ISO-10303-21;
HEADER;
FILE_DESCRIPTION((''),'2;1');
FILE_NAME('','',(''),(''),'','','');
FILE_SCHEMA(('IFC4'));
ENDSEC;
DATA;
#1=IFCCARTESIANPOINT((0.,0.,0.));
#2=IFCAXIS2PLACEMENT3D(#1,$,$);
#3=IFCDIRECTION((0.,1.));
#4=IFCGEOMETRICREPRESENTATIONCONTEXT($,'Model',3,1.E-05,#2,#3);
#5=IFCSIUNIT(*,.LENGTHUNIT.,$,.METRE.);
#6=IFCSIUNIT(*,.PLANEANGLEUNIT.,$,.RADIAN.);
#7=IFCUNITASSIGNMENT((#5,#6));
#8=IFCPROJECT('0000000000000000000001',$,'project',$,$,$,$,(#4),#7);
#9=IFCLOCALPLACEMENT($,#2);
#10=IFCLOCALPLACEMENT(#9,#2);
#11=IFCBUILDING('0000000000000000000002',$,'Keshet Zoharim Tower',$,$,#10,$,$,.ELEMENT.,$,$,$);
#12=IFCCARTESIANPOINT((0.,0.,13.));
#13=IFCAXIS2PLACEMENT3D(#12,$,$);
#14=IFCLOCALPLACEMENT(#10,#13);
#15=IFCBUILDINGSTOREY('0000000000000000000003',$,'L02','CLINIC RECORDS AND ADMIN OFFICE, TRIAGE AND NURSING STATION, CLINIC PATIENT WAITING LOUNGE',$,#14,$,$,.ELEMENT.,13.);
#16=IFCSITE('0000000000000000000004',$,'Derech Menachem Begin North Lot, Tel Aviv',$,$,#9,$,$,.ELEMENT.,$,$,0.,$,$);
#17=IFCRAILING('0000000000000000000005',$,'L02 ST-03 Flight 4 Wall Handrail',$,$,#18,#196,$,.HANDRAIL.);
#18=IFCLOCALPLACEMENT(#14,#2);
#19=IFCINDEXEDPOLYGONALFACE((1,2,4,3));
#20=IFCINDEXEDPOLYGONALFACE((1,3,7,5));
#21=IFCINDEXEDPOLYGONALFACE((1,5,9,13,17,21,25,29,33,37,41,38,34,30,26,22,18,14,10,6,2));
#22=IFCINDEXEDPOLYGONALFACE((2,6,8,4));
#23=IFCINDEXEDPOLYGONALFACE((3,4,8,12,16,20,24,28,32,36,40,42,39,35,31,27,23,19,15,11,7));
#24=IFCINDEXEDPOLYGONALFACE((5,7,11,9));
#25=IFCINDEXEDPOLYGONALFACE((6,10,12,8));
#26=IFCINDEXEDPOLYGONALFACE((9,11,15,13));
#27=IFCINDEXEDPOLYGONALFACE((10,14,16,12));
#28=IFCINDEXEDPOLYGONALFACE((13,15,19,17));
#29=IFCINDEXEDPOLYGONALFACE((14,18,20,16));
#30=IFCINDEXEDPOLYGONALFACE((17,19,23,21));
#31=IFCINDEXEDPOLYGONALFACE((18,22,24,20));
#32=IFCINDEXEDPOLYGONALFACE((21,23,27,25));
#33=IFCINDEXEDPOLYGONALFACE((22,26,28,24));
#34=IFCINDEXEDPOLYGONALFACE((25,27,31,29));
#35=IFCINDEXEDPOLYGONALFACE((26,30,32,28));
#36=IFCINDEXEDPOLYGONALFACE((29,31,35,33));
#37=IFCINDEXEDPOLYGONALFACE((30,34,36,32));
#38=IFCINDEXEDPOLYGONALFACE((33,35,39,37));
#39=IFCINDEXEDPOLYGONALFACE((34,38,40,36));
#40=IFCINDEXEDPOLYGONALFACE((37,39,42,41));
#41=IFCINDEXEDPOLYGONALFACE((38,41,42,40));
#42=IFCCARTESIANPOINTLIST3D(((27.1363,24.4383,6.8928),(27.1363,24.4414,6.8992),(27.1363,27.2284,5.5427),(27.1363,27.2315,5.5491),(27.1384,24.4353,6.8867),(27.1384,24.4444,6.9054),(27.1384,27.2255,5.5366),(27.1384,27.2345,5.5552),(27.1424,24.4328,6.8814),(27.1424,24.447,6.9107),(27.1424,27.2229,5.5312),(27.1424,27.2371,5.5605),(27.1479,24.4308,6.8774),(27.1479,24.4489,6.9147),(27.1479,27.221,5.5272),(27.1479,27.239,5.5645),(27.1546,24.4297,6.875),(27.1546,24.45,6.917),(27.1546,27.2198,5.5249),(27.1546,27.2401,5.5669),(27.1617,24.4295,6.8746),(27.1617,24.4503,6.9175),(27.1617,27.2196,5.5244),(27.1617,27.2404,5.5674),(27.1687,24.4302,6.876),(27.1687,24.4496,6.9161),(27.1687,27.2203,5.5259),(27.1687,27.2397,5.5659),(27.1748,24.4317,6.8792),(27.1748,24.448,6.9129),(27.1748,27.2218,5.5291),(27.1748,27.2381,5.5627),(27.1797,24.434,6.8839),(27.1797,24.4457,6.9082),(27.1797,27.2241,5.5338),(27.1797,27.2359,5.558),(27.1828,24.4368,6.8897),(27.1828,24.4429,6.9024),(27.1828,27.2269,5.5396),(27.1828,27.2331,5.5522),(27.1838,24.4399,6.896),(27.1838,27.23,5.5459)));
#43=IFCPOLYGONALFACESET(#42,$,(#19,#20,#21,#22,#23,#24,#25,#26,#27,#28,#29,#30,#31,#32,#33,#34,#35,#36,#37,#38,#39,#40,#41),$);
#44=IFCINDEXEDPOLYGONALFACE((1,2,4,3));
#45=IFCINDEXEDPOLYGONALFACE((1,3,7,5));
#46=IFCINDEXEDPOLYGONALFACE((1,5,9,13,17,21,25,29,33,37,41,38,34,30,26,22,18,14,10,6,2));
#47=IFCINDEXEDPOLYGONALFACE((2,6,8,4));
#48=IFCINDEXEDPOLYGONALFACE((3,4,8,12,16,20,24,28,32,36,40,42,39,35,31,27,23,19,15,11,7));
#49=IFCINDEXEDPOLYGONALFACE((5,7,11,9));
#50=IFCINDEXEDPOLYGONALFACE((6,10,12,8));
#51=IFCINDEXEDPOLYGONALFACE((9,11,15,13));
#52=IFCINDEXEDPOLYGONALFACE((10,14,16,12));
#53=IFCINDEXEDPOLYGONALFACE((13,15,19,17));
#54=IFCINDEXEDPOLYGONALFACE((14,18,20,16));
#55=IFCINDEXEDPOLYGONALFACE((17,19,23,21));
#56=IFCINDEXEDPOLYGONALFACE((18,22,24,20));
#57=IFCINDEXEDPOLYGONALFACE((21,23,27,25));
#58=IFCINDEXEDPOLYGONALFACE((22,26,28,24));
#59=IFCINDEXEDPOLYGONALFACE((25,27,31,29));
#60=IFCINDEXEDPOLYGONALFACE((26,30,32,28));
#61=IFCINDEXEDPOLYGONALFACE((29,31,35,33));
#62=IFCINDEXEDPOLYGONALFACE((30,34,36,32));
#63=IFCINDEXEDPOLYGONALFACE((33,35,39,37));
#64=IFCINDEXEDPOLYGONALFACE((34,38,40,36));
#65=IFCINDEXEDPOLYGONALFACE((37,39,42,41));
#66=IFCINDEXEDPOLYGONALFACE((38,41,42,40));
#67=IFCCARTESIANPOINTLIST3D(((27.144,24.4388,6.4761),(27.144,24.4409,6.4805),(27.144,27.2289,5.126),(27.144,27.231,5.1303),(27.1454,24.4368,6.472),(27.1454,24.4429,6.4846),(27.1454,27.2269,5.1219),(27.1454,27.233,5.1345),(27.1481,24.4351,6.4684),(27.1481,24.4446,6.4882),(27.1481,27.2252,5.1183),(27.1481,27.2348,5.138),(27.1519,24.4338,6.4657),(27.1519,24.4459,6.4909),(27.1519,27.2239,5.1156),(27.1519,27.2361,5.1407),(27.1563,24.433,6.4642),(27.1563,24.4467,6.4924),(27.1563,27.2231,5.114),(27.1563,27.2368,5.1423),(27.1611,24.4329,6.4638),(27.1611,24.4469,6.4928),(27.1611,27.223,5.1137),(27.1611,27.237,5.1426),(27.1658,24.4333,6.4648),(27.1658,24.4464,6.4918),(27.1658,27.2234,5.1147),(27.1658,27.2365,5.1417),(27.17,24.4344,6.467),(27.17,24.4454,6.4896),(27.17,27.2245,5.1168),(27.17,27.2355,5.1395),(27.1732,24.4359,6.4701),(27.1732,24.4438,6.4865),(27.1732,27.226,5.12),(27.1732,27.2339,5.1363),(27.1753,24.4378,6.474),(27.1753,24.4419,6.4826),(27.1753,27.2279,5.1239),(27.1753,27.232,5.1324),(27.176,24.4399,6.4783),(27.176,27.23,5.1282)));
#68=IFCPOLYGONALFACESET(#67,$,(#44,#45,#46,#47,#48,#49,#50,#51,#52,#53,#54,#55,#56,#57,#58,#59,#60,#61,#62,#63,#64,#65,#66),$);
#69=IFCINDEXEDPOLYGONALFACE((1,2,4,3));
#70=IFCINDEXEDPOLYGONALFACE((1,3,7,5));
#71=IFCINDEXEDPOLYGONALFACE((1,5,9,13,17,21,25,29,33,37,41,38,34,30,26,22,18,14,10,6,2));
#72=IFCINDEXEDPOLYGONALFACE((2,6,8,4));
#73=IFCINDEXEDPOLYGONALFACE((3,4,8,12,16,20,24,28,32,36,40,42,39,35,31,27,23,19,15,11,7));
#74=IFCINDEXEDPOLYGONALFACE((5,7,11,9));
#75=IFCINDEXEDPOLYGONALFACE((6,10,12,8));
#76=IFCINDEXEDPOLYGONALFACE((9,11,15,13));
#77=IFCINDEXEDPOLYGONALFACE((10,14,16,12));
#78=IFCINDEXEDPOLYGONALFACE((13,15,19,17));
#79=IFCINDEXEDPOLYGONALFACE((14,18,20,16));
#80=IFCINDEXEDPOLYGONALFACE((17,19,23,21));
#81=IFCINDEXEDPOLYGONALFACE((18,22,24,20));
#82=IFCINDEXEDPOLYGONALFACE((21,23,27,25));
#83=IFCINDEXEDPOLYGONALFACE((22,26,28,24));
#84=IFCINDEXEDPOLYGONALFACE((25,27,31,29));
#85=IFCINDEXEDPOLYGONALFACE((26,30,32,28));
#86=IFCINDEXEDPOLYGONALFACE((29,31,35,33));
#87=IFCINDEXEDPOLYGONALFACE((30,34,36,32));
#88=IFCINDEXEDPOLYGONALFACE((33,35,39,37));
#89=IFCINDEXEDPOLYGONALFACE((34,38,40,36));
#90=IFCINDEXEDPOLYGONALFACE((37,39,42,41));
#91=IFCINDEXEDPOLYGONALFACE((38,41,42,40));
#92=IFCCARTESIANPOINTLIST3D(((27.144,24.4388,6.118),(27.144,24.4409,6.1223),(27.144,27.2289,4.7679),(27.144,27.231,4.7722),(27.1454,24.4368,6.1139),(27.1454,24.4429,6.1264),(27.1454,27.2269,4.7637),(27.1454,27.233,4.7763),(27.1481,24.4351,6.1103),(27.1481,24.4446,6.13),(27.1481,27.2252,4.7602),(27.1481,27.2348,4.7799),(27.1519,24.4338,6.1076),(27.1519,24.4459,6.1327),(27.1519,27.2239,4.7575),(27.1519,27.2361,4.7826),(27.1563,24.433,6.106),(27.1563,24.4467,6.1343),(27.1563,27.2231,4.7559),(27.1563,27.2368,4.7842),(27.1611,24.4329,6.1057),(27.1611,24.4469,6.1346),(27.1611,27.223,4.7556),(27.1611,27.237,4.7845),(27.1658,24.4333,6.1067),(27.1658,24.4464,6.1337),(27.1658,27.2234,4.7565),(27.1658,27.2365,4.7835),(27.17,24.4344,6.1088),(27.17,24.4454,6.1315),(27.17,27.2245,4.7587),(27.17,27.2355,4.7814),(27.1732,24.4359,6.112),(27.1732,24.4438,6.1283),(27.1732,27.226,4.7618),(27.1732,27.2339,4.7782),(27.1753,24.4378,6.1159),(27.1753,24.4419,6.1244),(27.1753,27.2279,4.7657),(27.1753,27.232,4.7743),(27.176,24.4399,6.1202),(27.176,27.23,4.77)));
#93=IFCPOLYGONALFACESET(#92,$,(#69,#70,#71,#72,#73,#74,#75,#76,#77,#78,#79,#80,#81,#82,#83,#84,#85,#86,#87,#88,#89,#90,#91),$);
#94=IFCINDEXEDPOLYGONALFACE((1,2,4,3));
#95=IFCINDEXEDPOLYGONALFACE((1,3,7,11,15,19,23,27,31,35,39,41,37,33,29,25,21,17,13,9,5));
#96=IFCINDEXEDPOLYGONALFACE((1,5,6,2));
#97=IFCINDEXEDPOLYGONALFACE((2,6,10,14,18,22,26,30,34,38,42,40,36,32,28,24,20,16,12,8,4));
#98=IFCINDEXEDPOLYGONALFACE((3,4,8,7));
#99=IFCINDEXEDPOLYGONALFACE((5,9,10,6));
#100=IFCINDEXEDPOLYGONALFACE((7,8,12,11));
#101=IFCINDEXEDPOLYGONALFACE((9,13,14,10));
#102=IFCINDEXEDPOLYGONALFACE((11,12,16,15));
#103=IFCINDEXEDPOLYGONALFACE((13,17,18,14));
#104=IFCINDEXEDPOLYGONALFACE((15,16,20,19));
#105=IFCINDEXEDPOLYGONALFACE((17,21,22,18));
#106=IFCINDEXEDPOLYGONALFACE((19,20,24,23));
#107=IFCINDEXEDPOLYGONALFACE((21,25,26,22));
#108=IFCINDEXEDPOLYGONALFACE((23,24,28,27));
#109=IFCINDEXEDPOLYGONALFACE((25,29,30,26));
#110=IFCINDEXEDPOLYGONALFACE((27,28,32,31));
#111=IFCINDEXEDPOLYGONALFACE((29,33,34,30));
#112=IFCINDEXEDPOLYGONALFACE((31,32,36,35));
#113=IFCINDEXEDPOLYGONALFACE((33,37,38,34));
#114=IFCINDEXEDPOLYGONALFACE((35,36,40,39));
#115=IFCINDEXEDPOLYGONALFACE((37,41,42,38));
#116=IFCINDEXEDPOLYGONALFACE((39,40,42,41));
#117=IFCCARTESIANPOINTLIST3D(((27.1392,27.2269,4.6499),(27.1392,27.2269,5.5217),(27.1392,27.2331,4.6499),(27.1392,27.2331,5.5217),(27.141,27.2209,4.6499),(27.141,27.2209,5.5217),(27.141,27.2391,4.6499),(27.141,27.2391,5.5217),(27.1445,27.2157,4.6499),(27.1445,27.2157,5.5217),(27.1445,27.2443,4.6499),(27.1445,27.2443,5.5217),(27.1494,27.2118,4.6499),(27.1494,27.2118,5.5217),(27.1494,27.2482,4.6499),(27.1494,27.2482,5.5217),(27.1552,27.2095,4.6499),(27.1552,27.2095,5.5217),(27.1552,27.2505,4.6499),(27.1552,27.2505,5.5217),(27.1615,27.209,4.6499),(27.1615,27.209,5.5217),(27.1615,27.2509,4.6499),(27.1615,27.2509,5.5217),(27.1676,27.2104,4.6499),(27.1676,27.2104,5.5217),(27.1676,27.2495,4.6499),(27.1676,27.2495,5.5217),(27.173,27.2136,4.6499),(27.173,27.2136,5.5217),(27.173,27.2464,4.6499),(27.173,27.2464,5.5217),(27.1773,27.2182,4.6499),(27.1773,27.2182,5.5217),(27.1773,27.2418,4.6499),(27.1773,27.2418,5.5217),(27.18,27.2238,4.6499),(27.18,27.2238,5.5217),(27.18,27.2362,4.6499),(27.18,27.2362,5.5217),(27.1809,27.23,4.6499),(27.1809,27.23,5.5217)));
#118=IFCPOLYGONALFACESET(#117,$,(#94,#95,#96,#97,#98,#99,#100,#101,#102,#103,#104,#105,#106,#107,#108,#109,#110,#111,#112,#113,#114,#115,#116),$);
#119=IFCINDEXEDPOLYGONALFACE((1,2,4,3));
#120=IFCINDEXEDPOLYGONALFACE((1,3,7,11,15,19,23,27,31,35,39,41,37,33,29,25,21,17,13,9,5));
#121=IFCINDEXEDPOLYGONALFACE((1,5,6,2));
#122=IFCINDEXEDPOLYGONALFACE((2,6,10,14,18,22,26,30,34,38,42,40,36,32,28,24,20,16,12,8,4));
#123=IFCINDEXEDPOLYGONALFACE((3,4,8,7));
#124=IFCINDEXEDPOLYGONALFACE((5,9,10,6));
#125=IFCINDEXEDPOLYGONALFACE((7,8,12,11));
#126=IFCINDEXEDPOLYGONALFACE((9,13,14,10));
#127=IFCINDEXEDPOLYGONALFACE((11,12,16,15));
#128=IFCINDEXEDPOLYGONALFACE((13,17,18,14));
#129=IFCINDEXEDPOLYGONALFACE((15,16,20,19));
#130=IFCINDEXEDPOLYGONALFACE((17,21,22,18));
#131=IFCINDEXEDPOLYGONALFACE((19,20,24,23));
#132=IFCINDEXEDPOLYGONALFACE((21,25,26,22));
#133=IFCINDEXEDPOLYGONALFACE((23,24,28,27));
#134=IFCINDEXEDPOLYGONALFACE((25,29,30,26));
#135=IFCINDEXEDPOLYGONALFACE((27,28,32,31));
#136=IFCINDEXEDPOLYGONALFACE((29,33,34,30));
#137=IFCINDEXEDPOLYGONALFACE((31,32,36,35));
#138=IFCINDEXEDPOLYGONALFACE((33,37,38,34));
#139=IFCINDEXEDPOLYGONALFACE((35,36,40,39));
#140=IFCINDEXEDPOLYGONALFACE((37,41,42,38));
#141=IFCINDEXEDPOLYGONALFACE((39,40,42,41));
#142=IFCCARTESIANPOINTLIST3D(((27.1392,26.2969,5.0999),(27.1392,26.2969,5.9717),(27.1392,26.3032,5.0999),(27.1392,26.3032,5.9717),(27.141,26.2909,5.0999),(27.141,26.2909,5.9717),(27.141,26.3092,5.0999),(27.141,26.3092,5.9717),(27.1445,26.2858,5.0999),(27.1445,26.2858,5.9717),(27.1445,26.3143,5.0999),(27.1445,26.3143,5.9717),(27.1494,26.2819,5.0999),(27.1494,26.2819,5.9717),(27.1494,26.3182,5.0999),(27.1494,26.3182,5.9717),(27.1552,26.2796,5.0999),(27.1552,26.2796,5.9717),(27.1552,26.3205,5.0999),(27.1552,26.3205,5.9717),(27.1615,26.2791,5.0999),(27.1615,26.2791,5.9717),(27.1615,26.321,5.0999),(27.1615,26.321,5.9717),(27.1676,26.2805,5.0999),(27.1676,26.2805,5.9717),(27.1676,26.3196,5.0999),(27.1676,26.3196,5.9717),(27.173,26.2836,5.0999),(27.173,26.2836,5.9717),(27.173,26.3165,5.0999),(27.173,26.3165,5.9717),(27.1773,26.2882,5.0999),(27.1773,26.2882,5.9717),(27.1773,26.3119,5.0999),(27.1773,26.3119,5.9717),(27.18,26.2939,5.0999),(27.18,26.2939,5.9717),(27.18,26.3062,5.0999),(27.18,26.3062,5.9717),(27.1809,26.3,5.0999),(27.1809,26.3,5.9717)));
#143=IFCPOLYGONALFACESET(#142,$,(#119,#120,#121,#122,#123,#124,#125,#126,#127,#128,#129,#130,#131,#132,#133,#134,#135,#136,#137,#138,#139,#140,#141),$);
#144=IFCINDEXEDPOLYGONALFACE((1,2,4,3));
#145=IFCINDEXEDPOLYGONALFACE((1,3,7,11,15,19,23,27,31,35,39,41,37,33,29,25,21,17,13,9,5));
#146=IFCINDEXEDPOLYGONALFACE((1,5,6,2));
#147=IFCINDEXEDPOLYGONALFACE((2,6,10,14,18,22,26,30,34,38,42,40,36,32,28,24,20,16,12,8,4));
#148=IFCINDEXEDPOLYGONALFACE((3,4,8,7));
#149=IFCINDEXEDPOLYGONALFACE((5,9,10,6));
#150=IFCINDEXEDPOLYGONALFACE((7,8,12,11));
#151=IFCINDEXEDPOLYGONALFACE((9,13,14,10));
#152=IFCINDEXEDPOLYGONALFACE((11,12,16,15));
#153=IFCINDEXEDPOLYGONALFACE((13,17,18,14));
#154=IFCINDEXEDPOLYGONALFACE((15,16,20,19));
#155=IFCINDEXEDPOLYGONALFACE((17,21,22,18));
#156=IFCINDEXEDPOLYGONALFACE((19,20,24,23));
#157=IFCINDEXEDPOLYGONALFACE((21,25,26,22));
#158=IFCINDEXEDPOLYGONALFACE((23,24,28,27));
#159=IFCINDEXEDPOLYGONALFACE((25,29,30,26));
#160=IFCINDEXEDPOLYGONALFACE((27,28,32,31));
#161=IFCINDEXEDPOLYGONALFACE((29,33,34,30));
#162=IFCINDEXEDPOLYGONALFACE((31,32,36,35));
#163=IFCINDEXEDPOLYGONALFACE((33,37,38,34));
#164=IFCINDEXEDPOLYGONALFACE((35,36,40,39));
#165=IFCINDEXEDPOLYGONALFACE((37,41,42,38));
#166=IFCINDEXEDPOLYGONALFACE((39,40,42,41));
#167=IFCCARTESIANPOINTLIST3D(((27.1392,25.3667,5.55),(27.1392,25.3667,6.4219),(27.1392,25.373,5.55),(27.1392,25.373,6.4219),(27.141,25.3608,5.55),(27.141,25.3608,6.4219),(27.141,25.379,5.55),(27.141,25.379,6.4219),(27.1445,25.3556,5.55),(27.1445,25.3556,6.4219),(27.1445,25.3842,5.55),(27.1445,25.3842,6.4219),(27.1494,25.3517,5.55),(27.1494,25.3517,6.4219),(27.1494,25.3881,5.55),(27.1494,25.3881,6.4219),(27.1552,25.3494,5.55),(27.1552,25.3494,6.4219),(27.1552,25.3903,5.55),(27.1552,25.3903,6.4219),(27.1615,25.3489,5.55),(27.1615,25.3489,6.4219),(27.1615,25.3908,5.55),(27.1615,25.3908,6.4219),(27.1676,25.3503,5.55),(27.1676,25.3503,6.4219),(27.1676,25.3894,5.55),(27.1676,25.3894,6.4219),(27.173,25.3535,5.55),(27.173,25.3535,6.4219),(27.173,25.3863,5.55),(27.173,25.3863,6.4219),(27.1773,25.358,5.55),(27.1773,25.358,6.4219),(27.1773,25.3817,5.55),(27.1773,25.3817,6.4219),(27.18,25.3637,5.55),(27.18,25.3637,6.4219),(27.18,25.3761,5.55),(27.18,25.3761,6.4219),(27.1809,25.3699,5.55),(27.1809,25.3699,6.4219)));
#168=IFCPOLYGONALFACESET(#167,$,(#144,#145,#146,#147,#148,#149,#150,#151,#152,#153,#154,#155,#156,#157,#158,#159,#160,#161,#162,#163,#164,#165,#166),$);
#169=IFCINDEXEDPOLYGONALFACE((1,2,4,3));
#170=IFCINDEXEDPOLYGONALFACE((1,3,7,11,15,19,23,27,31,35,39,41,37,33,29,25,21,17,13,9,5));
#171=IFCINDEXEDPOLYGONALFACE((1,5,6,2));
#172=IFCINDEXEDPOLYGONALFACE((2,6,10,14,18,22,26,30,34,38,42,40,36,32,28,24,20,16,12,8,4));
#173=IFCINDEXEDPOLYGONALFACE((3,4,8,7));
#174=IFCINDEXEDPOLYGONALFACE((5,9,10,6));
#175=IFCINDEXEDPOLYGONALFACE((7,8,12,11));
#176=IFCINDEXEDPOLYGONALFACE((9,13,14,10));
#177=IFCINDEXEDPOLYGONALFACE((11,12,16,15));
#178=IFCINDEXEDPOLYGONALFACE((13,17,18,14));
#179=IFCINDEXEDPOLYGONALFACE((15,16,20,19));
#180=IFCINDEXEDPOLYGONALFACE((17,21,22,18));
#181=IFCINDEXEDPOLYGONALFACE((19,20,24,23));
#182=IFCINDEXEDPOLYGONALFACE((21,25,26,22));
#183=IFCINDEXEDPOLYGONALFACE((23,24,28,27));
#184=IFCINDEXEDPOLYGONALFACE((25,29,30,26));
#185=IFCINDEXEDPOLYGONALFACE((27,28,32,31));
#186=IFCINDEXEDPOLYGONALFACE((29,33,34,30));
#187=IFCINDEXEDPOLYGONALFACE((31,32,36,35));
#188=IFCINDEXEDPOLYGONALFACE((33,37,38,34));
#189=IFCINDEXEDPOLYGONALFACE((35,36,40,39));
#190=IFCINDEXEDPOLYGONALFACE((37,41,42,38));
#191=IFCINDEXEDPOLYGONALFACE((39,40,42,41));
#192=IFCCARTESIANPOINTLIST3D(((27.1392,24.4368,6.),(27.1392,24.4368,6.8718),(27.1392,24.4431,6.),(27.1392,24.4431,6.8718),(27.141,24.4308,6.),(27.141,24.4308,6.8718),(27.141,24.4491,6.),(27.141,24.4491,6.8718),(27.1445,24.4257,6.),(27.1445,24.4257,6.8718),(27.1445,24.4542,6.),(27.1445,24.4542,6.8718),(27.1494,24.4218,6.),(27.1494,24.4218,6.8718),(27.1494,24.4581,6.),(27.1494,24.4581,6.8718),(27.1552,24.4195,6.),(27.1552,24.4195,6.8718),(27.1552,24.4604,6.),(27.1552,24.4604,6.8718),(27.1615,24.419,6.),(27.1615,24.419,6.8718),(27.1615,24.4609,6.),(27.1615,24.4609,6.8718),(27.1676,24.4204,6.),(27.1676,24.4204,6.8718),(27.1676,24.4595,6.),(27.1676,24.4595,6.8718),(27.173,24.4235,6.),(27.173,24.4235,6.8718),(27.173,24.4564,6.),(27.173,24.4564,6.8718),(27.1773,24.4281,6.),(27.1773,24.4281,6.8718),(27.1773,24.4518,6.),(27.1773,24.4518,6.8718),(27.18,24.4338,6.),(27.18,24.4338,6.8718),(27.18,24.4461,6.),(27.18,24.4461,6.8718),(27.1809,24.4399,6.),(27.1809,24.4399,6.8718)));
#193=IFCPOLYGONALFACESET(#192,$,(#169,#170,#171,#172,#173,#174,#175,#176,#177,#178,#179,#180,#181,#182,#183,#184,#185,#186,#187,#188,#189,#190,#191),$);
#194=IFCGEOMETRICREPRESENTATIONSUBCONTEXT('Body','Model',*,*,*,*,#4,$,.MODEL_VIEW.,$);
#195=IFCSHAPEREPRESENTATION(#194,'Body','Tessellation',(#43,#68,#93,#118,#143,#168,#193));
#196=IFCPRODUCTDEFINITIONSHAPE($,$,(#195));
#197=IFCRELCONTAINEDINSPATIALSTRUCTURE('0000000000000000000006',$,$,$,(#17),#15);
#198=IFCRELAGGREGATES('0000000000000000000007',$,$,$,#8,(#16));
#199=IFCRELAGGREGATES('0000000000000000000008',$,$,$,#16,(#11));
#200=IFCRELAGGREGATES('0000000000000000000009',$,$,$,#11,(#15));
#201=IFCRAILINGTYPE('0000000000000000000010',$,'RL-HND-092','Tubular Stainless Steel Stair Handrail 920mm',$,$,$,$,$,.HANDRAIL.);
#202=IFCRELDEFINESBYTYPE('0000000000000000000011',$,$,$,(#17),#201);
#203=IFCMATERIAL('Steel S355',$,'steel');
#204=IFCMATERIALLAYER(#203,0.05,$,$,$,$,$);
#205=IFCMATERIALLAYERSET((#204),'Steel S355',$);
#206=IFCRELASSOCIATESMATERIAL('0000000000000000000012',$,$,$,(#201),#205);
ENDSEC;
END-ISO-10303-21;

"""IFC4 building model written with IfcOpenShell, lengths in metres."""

from ifc_helpers import new_model, si_unit, direction, frame, origin, origin_2d, place, context, subcontext, project, spatial, circle, extrude, material, layer, layer_set, type_object, element, save


model = new_model("IFC4")

# Units and contexts
model_context = context("Model", 3, precision=1e-05, world=origin(), true_north=direction((0.0, 1.0)))
body_context = subcontext(model_context, "Body", "Model", "MODEL_VIEW")
ifc_project = project(units=[si_unit("LENGTHUNIT", "METRE"), si_unit("PLANEANGLEUNIT", "RADIAN")], contexts=[model_context])

# Site, building, storey
site_placement = place(None, origin())
site = spatial("IfcSite", under=ifc_project, at=site_placement, Name="Derech Menachem Begin North Lot, Tel Aviv", CompositionType="ELEMENT", RefElevation=0.0)
building_placement = place(site_placement, origin())
building = spatial("IfcBuilding", under=site, at=building_placement, Name="Keshet Zoharim Tower", CompositionType="ELEMENT")
storey_placement = place(building_placement, frame((0.0, 0.0, 13.0)))
storey = spatial("IfcBuildingStorey", under=building, at=storey_placement, Name="L02", Description="CLINIC RECORDS AND ADMIN OFFICE, TRIAGE AND NURSING STATION, CLINIC PATIENT WAITING LOUNGE", CompositionType="ELEMENT", Elevation=13.0)

# Shared definitions
ifc_material_1 = material(Name="Steel S355", Category="steel")

# Railing
ifc_layer_1 = layer(ifc_material_1, 0.05)
ifc_layer_set_1 = layer_set([ifc_layer_1], Name="Steel S355")
railing_type_1 = type_object("IfcRailingType", Name="RL-HND-092", Description="Tubular Stainless Steel Stair Handrail 920mm", PredefinedType="HANDRAIL", material=ifc_layer_set_1)
railing_1_placement = place(storey_placement, frame((27.1599, 27.23, 4.6499)))
element("IfcRailing", 1, at=railing_1_placement, inside=storey, type_object=railing_type_1, Name="L02 ST-03 Flight 4 Wall Handrail", PredefinedType="HANDRAIL", context=body_context, shape_type="SweptSolid", body=[
    extrude(circle(Radius=0.0239, at=origin_2d()), frame((0.0, 0.0, 0.896), z_axis=(0.0, -0.900149, 0.435582), x_axis=(1.0, 0.0, 0.0)), (0.0, 0.0, 1.0), 3.0996),
    extrude(circle(Radius=0.0161, at=origin_2d()), frame((0.0, 0.0, 0.4783), z_axis=(0.0, -0.900149, 0.435582), x_axis=(1.0, 0.0, 0.0)), (0.0, 0.0, 1.0), 3.0996),
    extrude(circle(Radius=0.0161, at=origin_2d()), frame((0.0, 0.0, 0.1201), z_axis=(0.0, -0.900149, 0.435582), x_axis=(1.0, 0.0, 0.0)), (0.0, 0.0, 1.0), 3.0996),
    extrude(circle(Radius=0.021, at=origin_2d()), origin(), (0.0, 0.0, 1.0), 0.8718),
    extrude(circle(Radius=0.021, at=origin_2d()), frame((0.0, -0.9299, 0.45)), (0.0, 0.0, 1.0), 0.8718),
    extrude(circle(Radius=0.021, at=origin_2d()), frame((0.0, -1.8601, 0.9001)), (0.0, 0.0, 1.0), 0.8718),
    extrude(circle(Radius=0.021, at=origin_2d()), frame((0.0, -2.79, 1.3501)), (0.0, 0.0, 1.0), 0.8718),
])

save(model, "model.ifc")
